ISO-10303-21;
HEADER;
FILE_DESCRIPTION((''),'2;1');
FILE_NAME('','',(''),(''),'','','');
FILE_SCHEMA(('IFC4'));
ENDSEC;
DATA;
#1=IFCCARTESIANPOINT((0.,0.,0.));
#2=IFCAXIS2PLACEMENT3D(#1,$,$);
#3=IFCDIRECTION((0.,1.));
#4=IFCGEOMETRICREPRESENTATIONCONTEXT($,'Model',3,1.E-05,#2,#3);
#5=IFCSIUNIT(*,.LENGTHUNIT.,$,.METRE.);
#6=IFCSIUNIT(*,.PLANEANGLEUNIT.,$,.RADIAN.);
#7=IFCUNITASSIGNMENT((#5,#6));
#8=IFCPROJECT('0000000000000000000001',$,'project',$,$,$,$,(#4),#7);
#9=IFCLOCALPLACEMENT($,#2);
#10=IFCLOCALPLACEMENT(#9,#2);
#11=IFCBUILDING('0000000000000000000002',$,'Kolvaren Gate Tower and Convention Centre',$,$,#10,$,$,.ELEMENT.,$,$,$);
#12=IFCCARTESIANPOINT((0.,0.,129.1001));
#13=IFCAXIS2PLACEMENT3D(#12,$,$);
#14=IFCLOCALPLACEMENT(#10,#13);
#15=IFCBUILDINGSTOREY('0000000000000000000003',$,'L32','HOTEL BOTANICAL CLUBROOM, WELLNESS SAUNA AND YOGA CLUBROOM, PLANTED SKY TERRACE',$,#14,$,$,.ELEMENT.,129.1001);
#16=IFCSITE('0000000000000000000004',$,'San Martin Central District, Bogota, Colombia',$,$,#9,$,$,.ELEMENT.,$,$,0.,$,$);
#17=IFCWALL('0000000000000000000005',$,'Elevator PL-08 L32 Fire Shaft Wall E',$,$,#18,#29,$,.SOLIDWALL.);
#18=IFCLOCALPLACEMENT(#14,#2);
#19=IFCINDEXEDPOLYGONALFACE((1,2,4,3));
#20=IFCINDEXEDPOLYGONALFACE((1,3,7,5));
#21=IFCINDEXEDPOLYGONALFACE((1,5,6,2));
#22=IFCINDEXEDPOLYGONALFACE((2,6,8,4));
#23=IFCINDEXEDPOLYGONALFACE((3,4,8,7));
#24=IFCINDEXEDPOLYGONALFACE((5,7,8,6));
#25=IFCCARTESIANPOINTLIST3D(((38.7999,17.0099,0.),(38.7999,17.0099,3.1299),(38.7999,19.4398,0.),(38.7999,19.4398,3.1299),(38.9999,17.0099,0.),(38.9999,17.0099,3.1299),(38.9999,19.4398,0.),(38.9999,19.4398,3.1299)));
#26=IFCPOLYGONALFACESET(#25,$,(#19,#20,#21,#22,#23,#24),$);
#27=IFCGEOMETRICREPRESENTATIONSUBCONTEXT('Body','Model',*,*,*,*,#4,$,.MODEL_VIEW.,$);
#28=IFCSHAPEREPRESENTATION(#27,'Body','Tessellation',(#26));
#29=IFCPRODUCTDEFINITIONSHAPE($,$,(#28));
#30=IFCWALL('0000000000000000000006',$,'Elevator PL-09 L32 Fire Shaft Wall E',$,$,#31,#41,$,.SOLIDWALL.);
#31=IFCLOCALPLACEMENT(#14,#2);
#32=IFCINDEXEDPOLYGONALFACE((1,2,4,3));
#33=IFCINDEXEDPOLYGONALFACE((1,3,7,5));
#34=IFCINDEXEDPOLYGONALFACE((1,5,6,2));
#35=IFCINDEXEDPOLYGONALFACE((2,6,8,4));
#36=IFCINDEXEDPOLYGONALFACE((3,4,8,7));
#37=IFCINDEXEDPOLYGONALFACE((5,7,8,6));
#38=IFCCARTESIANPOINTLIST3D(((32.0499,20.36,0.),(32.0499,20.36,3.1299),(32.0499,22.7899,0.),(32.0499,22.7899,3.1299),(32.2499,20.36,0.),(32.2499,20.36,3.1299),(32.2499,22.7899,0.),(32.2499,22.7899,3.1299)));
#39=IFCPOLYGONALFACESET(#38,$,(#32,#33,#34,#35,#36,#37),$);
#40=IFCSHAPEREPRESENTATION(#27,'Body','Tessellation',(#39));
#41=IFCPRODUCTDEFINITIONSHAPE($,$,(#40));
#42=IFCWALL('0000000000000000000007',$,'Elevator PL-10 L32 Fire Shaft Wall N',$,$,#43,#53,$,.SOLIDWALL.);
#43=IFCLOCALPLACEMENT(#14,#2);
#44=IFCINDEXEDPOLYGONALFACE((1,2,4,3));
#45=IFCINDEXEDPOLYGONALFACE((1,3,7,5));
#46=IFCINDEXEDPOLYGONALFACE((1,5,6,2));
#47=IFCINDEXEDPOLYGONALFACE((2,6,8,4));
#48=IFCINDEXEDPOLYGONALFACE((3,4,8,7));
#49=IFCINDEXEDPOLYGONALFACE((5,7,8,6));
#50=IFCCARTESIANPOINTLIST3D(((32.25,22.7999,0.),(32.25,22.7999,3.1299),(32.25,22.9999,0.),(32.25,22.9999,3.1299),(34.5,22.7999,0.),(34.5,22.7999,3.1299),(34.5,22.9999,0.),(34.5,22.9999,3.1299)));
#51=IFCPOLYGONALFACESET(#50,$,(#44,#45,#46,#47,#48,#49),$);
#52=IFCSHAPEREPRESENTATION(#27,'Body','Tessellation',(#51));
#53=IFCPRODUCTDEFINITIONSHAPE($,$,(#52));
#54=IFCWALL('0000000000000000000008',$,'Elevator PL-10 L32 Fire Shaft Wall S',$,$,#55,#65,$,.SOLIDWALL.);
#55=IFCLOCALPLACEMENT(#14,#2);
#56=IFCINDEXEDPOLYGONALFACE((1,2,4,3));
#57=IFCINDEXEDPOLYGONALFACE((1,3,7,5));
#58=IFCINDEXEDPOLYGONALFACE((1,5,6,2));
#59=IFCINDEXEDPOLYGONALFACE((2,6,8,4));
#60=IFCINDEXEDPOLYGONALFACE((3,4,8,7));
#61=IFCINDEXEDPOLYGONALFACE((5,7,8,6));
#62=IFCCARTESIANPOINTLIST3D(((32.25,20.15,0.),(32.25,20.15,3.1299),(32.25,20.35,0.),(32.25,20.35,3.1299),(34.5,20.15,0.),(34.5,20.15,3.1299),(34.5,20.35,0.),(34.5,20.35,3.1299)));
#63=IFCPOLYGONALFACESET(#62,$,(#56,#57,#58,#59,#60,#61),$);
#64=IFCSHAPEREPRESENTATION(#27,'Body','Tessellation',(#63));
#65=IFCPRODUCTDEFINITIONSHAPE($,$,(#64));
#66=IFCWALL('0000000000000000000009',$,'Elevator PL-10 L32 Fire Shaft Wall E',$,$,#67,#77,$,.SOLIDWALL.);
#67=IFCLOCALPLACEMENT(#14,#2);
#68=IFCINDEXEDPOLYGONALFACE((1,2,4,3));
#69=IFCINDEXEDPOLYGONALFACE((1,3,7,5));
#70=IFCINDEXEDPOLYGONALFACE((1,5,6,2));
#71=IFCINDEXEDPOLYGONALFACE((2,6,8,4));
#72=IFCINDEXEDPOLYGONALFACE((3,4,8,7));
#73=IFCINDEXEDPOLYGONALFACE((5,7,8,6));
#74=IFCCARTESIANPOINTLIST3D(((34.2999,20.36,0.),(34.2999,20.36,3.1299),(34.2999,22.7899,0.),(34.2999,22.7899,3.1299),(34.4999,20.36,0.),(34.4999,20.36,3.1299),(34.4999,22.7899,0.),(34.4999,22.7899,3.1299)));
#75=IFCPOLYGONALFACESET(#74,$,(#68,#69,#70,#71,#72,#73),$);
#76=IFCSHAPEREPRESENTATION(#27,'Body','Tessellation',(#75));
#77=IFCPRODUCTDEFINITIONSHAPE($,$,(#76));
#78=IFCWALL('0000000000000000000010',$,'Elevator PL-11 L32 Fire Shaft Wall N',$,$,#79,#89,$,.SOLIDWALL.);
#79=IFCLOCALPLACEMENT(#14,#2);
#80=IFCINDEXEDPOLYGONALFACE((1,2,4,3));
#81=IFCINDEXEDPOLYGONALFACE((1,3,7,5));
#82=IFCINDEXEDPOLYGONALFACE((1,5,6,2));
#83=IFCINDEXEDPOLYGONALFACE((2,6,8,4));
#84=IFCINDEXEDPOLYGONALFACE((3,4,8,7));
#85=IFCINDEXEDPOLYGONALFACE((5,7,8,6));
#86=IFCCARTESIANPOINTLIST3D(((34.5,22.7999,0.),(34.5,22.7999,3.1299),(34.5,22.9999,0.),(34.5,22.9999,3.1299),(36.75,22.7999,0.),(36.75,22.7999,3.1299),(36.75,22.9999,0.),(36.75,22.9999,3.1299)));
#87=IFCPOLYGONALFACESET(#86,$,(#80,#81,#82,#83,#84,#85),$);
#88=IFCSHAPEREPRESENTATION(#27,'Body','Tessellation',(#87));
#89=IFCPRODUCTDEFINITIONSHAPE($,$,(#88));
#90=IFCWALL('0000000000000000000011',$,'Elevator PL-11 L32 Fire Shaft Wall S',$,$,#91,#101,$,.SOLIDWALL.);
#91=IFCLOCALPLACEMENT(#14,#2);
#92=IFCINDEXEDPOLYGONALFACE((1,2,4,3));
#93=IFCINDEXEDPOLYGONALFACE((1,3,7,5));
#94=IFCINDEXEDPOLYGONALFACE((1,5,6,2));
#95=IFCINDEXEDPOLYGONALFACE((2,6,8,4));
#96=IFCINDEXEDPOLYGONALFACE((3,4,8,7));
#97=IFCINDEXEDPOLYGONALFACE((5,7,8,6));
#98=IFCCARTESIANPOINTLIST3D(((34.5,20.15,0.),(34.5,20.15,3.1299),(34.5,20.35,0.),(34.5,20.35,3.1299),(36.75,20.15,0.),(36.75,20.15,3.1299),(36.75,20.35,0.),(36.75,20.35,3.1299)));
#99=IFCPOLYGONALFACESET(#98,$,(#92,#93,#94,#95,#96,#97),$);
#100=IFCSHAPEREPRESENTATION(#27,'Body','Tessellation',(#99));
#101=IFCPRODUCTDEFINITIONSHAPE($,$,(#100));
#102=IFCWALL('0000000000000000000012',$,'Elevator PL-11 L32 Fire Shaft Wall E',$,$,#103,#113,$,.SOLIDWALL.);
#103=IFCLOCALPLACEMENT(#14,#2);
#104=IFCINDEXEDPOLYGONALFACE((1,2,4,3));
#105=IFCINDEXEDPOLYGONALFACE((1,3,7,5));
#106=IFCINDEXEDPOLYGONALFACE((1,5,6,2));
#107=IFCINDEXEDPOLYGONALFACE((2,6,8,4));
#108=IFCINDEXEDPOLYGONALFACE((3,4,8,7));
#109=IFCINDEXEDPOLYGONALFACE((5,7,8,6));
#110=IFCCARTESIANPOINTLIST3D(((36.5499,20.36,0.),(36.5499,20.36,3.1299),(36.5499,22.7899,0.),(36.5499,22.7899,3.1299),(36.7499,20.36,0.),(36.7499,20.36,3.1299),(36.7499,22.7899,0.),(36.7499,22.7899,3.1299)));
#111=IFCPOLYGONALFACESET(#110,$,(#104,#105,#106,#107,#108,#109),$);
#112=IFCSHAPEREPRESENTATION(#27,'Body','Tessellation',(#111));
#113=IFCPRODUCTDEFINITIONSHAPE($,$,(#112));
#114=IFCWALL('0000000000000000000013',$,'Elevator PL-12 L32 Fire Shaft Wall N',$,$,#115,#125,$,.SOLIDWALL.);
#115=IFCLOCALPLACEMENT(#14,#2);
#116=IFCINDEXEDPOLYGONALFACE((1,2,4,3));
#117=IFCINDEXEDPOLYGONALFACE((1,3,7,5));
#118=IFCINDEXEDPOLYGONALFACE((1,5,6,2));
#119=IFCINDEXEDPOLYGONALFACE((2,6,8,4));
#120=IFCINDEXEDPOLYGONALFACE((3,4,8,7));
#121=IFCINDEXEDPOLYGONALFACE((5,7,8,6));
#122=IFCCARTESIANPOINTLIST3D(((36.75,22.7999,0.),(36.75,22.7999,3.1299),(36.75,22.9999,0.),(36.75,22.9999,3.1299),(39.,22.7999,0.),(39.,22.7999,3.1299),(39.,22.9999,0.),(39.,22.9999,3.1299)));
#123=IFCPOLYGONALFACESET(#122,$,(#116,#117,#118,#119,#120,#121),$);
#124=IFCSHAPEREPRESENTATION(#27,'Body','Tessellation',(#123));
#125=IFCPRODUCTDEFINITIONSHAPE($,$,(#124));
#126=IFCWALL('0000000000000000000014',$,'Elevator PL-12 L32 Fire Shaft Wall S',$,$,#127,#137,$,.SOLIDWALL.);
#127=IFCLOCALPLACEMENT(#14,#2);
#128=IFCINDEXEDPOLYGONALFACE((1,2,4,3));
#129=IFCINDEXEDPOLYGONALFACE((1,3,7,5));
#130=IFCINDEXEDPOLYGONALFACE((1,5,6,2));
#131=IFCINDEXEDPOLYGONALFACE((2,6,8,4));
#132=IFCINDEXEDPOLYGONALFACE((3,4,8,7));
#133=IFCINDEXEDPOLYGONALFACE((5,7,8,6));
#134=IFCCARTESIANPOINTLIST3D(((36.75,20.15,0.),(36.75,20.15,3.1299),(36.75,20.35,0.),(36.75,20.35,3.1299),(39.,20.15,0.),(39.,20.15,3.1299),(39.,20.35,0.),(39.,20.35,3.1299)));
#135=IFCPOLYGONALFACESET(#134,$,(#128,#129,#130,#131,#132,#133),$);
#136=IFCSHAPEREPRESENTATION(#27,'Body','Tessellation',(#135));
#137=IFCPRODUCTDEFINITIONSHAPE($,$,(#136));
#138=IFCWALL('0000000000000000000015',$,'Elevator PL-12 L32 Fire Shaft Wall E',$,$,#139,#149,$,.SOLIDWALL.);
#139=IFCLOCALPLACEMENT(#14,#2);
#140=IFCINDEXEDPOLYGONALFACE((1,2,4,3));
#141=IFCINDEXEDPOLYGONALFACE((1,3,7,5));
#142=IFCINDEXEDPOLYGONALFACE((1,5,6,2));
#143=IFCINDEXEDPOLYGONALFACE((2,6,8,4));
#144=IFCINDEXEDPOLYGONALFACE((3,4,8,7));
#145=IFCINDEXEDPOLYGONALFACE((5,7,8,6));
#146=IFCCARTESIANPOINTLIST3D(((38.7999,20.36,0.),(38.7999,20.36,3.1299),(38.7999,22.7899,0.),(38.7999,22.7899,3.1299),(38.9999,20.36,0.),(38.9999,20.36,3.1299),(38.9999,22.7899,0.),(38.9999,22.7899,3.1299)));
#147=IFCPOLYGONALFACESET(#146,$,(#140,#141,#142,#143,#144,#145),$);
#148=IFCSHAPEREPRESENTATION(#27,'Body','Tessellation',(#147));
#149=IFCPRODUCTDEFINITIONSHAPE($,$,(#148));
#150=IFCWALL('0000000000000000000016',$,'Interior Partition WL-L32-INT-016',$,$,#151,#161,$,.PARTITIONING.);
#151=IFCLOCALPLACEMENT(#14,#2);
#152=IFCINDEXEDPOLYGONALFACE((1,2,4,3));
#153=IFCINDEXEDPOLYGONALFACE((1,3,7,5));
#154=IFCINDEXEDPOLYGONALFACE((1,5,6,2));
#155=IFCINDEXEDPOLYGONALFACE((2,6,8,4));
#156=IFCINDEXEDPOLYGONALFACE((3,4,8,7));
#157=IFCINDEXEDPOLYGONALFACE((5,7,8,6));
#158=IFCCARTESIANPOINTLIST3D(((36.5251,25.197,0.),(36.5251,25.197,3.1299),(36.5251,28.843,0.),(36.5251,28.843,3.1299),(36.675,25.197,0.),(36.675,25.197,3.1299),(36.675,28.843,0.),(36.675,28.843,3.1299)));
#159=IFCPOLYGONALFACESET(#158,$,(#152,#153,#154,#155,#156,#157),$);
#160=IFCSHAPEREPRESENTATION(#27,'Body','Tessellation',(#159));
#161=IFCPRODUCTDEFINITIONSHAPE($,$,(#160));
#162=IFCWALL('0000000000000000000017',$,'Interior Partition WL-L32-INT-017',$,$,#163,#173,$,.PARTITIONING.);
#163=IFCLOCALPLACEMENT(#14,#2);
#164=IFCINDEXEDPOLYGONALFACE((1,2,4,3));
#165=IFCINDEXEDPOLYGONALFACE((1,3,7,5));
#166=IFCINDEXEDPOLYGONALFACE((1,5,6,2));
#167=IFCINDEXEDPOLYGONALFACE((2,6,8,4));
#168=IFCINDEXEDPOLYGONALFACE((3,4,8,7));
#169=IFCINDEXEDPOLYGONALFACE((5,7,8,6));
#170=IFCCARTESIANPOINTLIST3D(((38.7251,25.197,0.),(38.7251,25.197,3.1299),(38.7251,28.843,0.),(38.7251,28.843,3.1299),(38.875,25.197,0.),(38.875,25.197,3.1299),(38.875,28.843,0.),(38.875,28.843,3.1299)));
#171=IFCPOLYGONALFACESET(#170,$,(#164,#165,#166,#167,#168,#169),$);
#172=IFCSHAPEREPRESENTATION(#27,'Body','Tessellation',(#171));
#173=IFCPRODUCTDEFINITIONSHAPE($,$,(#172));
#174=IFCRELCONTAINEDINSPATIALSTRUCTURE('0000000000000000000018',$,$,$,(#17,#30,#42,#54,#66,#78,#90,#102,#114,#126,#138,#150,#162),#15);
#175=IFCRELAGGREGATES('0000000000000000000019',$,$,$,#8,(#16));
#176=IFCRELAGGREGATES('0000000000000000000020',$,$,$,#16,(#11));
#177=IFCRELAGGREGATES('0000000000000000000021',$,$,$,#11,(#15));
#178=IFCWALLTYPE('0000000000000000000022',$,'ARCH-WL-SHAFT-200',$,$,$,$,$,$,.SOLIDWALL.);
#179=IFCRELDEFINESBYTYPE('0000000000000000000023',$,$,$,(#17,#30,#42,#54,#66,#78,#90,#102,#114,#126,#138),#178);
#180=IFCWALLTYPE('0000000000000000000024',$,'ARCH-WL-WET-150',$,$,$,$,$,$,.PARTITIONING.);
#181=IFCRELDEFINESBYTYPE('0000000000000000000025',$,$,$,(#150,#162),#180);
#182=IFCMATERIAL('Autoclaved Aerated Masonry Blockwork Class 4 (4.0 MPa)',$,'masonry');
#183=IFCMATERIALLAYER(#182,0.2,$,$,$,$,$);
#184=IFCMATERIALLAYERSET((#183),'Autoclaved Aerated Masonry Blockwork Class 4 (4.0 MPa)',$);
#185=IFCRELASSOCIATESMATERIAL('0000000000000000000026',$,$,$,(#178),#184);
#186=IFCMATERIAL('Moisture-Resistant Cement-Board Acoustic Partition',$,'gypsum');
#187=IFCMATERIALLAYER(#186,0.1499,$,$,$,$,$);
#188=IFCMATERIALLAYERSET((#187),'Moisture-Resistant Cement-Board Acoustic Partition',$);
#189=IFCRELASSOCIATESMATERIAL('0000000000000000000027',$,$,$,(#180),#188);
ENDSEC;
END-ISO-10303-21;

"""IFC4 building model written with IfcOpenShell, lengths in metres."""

from ifc_helpers import new_model, si_unit, direction, frame, frame_2d, origin, place, context, subcontext, project, spatial, rectangle, extrude, material, layer, layer_set, type_object, element, save


model = new_model("IFC4")

# Units and contexts
model_context = context("Model", 3, precision=1e-05, world=origin(), true_north=direction((0.0, 1.0)))
body_context = subcontext(model_context, "Body", "Model", "MODEL_VIEW")
ifc_project = project(units=[si_unit("LENGTHUNIT", "METRE"), si_unit("PLANEANGLEUNIT", "RADIAN")], contexts=[model_context])

# Site, building, storey
site_placement = place(None, origin())
site = spatial("IfcSite", under=ifc_project, at=site_placement, Name="San Martin Central District, Bogota, Colombia", CompositionType="ELEMENT", RefElevation=0.0)
building_placement = place(site_placement, origin())
building = spatial("IfcBuilding", under=site, at=building_placement, Name="Kolvaren Gate Tower and Convention Centre", CompositionType="ELEMENT")
storey_placement = place(building_placement, frame((0.0, 0.0, 129.1001)))
storey = spatial("IfcBuildingStorey", under=building, at=storey_placement, Name="L32", Description="HOTEL BOTANICAL CLUBROOM, WELLNESS SAUNA AND YOGA CLUBROOM, PLANTED SKY TERRACE", CompositionType="ELEMENT", Elevation=129.1001)

# Walls
ifc_material_1 = material(Name="Autoclaved Aerated Masonry Blockwork Class 4 (4.0 MPa)", Category="masonry")
ifc_layer_1 = layer(ifc_material_1, 0.2)
ifc_layer_set_1 = layer_set([ifc_layer_1], Name="Autoclaved Aerated Masonry Blockwork Class 4 (4.0 MPa)")
wall_type_1 = type_object("IfcWallType", Name="ARCH-WL-SHAFT-200", PredefinedType="SOLIDWALL", material=ifc_layer_set_1)
for number, where, z_axis, x_axis, name in (
    (1, (38.8999, 17.01, 0.0), (0.0, 0.0, 1.0), (0.0, 1.0, 0.0), "Elevator PL-08 L32 Fire Shaft Wall E"),
    (2, (32.1499, 20.3601, 0.0), (0.0, 0.0, 1.0), (0.0, 1.0, 0.0), "Elevator PL-09 L32 Fire Shaft Wall E"),
):
    element("IfcWall", number, at=place(storey_placement, frame(where, z_axis=z_axis, x_axis=x_axis)), inside=storey, type_object=wall_type_1, Name=name, PredefinedType="SOLIDWALL", context=body_context, shape_type="SweptSolid", body=[
        extrude(rectangle(XDim=2.4299, YDim=0.2, at=frame_2d((1.2148, 0.0))), origin(), (0.0, 0.0, 1.0), 3.1299),
    ])
for number, where, z_axis, x_axis, name in (
    (3, (32.25, 22.8999, 0.0), (0.0, 0.0, 1.0), (1.0, 0.0, 0.0), "Elevator PL-10 L32 Fire Shaft Wall N"),
    (4, (32.25, 20.25, 0.0), (0.0, 0.0, 1.0), (1.0, 0.0, 0.0), "Elevator PL-10 L32 Fire Shaft Wall S"),
):
    element("IfcWall", number, at=place(storey_placement, frame(where, z_axis=z_axis, x_axis=x_axis)), inside=storey, type_object=wall_type_1, Name=name, PredefinedType="SOLIDWALL", context=body_context, shape_type="SweptSolid", body=[
        extrude(rectangle(XDim=2.25, YDim=0.2, at=frame_2d((1.125, 0.0))), origin(), (0.0, 0.0, 1.0), 3.1299),
    ])
wall_1_placement = place(storey_placement, frame((34.3999, 20.3601, 0.0), z_axis=(0.0, 0.0, 1.0), x_axis=(0.0, 1.0, 0.0)))
element("IfcWall", 5, at=wall_1_placement, inside=storey, type_object=wall_type_1, Name="Elevator PL-10 L32 Fire Shaft Wall E", PredefinedType="SOLIDWALL", context=body_context, shape_type="SweptSolid", body=[
    extrude(rectangle(XDim=2.4299, YDim=0.2, at=frame_2d((1.2148, 0.0))), origin(), (0.0, 0.0, 1.0), 3.1299),
])
for number, where, z_axis, x_axis, name in (
    (6, (34.5, 22.8999, 0.0), (0.0, 0.0, 1.0), (1.0, 0.0, 0.0), "Elevator PL-11 L32 Fire Shaft Wall N"),
    (7, (34.5, 20.25, 0.0), (0.0, 0.0, 1.0), (1.0, 0.0, 0.0), "Elevator PL-11 L32 Fire Shaft Wall S"),
):
    element("IfcWall", number, at=place(storey_placement, frame(where, z_axis=z_axis, x_axis=x_axis)), inside=storey, type_object=wall_type_1, Name=name, PredefinedType="SOLIDWALL", context=body_context, shape_type="SweptSolid", body=[
        extrude(rectangle(XDim=2.25, YDim=0.2, at=frame_2d((1.125, 0.0))), origin(), (0.0, 0.0, 1.0), 3.1299),
    ])
wall_2_placement = place(storey_placement, frame((36.6499, 20.3601, 0.0), z_axis=(0.0, 0.0, 1.0), x_axis=(0.0, 1.0, 0.0)))
element("IfcWall", 8, at=wall_2_placement, inside=storey, type_object=wall_type_1, Name="Elevator PL-11 L32 Fire Shaft Wall E", PredefinedType="SOLIDWALL", context=body_context, shape_type="SweptSolid", body=[
    extrude(rectangle(XDim=2.4299, YDim=0.2, at=frame_2d((1.2148, 0.0))), origin(), (0.0, 0.0, 1.0), 3.1299),
])
for number, where, z_axis, x_axis, name in (
    (9, (36.75, 22.8999, 0.0), (0.0, 0.0, 1.0), (1.0, 0.0, 0.0), "Elevator PL-12 L32 Fire Shaft Wall N"),
    (10, (36.75, 20.25, 0.0), (0.0, 0.0, 1.0), (1.0, 0.0, 0.0), "Elevator PL-12 L32 Fire Shaft Wall S"),
):
    element("IfcWall", number, at=place(storey_placement, frame(where, z_axis=z_axis, x_axis=x_axis)), inside=storey, type_object=wall_type_1, Name=name, PredefinedType="SOLIDWALL", context=body_context, shape_type="SweptSolid", body=[
        extrude(rectangle(XDim=2.25, YDim=0.2, at=frame_2d((1.125, 0.0))), origin(), (0.0, 0.0, 1.0), 3.1299),
    ])
wall_3_placement = place(storey_placement, frame((38.8999, 20.3601, 0.0), z_axis=(0.0, 0.0, 1.0), x_axis=(0.0, 1.0, 0.0)))
element("IfcWall", 11, at=wall_3_placement, inside=storey, type_object=wall_type_1, Name="Elevator PL-12 L32 Fire Shaft Wall E", PredefinedType="SOLIDWALL", context=body_context, shape_type="SweptSolid", body=[
    extrude(rectangle(XDim=2.4299, YDim=0.2, at=frame_2d((1.2148, 0.0))), origin(), (0.0, 0.0, 1.0), 3.1299),
])
ifc_material_2 = material(Name="Moisture-Resistant Cement-Board Acoustic Partition", Category="gypsum")
ifc_layer_2 = layer(ifc_material_2, 0.1499)
ifc_layer_set_2 = layer_set([ifc_layer_2], Name="Moisture-Resistant Cement-Board Acoustic Partition")
wall_type_2 = type_object("IfcWallType", Name="ARCH-WL-WET-150", PredefinedType="PARTITIONING", material=ifc_layer_set_2)
for number, where, z_axis, x_axis, name in (
    (12, (36.6001, 25.197, 0.0), (0.0, 0.0, 1.0), (0.0, 1.0, 0.0), "Interior Partition WL-L32-INT-016"),
    (13, (38.8, 25.197, 0.0), (0.0, 0.0, 1.0), (0.0, 1.0, 0.0), "Interior Partition WL-L32-INT-017"),
):
    element("IfcWall", number, at=place(storey_placement, frame(where, z_axis=z_axis, x_axis=x_axis)), inside=storey, type_object=wall_type_2, Name=name, PredefinedType="PARTITIONING", context=body_context, shape_type="SweptSolid", body=[
        extrude(rectangle(XDim=3.646, YDim=0.1499, at=frame_2d((1.823, 0.0))), origin(), (0.0, 0.0, 1.0), 3.1299),
    ])

save(model, "model.ifc")
